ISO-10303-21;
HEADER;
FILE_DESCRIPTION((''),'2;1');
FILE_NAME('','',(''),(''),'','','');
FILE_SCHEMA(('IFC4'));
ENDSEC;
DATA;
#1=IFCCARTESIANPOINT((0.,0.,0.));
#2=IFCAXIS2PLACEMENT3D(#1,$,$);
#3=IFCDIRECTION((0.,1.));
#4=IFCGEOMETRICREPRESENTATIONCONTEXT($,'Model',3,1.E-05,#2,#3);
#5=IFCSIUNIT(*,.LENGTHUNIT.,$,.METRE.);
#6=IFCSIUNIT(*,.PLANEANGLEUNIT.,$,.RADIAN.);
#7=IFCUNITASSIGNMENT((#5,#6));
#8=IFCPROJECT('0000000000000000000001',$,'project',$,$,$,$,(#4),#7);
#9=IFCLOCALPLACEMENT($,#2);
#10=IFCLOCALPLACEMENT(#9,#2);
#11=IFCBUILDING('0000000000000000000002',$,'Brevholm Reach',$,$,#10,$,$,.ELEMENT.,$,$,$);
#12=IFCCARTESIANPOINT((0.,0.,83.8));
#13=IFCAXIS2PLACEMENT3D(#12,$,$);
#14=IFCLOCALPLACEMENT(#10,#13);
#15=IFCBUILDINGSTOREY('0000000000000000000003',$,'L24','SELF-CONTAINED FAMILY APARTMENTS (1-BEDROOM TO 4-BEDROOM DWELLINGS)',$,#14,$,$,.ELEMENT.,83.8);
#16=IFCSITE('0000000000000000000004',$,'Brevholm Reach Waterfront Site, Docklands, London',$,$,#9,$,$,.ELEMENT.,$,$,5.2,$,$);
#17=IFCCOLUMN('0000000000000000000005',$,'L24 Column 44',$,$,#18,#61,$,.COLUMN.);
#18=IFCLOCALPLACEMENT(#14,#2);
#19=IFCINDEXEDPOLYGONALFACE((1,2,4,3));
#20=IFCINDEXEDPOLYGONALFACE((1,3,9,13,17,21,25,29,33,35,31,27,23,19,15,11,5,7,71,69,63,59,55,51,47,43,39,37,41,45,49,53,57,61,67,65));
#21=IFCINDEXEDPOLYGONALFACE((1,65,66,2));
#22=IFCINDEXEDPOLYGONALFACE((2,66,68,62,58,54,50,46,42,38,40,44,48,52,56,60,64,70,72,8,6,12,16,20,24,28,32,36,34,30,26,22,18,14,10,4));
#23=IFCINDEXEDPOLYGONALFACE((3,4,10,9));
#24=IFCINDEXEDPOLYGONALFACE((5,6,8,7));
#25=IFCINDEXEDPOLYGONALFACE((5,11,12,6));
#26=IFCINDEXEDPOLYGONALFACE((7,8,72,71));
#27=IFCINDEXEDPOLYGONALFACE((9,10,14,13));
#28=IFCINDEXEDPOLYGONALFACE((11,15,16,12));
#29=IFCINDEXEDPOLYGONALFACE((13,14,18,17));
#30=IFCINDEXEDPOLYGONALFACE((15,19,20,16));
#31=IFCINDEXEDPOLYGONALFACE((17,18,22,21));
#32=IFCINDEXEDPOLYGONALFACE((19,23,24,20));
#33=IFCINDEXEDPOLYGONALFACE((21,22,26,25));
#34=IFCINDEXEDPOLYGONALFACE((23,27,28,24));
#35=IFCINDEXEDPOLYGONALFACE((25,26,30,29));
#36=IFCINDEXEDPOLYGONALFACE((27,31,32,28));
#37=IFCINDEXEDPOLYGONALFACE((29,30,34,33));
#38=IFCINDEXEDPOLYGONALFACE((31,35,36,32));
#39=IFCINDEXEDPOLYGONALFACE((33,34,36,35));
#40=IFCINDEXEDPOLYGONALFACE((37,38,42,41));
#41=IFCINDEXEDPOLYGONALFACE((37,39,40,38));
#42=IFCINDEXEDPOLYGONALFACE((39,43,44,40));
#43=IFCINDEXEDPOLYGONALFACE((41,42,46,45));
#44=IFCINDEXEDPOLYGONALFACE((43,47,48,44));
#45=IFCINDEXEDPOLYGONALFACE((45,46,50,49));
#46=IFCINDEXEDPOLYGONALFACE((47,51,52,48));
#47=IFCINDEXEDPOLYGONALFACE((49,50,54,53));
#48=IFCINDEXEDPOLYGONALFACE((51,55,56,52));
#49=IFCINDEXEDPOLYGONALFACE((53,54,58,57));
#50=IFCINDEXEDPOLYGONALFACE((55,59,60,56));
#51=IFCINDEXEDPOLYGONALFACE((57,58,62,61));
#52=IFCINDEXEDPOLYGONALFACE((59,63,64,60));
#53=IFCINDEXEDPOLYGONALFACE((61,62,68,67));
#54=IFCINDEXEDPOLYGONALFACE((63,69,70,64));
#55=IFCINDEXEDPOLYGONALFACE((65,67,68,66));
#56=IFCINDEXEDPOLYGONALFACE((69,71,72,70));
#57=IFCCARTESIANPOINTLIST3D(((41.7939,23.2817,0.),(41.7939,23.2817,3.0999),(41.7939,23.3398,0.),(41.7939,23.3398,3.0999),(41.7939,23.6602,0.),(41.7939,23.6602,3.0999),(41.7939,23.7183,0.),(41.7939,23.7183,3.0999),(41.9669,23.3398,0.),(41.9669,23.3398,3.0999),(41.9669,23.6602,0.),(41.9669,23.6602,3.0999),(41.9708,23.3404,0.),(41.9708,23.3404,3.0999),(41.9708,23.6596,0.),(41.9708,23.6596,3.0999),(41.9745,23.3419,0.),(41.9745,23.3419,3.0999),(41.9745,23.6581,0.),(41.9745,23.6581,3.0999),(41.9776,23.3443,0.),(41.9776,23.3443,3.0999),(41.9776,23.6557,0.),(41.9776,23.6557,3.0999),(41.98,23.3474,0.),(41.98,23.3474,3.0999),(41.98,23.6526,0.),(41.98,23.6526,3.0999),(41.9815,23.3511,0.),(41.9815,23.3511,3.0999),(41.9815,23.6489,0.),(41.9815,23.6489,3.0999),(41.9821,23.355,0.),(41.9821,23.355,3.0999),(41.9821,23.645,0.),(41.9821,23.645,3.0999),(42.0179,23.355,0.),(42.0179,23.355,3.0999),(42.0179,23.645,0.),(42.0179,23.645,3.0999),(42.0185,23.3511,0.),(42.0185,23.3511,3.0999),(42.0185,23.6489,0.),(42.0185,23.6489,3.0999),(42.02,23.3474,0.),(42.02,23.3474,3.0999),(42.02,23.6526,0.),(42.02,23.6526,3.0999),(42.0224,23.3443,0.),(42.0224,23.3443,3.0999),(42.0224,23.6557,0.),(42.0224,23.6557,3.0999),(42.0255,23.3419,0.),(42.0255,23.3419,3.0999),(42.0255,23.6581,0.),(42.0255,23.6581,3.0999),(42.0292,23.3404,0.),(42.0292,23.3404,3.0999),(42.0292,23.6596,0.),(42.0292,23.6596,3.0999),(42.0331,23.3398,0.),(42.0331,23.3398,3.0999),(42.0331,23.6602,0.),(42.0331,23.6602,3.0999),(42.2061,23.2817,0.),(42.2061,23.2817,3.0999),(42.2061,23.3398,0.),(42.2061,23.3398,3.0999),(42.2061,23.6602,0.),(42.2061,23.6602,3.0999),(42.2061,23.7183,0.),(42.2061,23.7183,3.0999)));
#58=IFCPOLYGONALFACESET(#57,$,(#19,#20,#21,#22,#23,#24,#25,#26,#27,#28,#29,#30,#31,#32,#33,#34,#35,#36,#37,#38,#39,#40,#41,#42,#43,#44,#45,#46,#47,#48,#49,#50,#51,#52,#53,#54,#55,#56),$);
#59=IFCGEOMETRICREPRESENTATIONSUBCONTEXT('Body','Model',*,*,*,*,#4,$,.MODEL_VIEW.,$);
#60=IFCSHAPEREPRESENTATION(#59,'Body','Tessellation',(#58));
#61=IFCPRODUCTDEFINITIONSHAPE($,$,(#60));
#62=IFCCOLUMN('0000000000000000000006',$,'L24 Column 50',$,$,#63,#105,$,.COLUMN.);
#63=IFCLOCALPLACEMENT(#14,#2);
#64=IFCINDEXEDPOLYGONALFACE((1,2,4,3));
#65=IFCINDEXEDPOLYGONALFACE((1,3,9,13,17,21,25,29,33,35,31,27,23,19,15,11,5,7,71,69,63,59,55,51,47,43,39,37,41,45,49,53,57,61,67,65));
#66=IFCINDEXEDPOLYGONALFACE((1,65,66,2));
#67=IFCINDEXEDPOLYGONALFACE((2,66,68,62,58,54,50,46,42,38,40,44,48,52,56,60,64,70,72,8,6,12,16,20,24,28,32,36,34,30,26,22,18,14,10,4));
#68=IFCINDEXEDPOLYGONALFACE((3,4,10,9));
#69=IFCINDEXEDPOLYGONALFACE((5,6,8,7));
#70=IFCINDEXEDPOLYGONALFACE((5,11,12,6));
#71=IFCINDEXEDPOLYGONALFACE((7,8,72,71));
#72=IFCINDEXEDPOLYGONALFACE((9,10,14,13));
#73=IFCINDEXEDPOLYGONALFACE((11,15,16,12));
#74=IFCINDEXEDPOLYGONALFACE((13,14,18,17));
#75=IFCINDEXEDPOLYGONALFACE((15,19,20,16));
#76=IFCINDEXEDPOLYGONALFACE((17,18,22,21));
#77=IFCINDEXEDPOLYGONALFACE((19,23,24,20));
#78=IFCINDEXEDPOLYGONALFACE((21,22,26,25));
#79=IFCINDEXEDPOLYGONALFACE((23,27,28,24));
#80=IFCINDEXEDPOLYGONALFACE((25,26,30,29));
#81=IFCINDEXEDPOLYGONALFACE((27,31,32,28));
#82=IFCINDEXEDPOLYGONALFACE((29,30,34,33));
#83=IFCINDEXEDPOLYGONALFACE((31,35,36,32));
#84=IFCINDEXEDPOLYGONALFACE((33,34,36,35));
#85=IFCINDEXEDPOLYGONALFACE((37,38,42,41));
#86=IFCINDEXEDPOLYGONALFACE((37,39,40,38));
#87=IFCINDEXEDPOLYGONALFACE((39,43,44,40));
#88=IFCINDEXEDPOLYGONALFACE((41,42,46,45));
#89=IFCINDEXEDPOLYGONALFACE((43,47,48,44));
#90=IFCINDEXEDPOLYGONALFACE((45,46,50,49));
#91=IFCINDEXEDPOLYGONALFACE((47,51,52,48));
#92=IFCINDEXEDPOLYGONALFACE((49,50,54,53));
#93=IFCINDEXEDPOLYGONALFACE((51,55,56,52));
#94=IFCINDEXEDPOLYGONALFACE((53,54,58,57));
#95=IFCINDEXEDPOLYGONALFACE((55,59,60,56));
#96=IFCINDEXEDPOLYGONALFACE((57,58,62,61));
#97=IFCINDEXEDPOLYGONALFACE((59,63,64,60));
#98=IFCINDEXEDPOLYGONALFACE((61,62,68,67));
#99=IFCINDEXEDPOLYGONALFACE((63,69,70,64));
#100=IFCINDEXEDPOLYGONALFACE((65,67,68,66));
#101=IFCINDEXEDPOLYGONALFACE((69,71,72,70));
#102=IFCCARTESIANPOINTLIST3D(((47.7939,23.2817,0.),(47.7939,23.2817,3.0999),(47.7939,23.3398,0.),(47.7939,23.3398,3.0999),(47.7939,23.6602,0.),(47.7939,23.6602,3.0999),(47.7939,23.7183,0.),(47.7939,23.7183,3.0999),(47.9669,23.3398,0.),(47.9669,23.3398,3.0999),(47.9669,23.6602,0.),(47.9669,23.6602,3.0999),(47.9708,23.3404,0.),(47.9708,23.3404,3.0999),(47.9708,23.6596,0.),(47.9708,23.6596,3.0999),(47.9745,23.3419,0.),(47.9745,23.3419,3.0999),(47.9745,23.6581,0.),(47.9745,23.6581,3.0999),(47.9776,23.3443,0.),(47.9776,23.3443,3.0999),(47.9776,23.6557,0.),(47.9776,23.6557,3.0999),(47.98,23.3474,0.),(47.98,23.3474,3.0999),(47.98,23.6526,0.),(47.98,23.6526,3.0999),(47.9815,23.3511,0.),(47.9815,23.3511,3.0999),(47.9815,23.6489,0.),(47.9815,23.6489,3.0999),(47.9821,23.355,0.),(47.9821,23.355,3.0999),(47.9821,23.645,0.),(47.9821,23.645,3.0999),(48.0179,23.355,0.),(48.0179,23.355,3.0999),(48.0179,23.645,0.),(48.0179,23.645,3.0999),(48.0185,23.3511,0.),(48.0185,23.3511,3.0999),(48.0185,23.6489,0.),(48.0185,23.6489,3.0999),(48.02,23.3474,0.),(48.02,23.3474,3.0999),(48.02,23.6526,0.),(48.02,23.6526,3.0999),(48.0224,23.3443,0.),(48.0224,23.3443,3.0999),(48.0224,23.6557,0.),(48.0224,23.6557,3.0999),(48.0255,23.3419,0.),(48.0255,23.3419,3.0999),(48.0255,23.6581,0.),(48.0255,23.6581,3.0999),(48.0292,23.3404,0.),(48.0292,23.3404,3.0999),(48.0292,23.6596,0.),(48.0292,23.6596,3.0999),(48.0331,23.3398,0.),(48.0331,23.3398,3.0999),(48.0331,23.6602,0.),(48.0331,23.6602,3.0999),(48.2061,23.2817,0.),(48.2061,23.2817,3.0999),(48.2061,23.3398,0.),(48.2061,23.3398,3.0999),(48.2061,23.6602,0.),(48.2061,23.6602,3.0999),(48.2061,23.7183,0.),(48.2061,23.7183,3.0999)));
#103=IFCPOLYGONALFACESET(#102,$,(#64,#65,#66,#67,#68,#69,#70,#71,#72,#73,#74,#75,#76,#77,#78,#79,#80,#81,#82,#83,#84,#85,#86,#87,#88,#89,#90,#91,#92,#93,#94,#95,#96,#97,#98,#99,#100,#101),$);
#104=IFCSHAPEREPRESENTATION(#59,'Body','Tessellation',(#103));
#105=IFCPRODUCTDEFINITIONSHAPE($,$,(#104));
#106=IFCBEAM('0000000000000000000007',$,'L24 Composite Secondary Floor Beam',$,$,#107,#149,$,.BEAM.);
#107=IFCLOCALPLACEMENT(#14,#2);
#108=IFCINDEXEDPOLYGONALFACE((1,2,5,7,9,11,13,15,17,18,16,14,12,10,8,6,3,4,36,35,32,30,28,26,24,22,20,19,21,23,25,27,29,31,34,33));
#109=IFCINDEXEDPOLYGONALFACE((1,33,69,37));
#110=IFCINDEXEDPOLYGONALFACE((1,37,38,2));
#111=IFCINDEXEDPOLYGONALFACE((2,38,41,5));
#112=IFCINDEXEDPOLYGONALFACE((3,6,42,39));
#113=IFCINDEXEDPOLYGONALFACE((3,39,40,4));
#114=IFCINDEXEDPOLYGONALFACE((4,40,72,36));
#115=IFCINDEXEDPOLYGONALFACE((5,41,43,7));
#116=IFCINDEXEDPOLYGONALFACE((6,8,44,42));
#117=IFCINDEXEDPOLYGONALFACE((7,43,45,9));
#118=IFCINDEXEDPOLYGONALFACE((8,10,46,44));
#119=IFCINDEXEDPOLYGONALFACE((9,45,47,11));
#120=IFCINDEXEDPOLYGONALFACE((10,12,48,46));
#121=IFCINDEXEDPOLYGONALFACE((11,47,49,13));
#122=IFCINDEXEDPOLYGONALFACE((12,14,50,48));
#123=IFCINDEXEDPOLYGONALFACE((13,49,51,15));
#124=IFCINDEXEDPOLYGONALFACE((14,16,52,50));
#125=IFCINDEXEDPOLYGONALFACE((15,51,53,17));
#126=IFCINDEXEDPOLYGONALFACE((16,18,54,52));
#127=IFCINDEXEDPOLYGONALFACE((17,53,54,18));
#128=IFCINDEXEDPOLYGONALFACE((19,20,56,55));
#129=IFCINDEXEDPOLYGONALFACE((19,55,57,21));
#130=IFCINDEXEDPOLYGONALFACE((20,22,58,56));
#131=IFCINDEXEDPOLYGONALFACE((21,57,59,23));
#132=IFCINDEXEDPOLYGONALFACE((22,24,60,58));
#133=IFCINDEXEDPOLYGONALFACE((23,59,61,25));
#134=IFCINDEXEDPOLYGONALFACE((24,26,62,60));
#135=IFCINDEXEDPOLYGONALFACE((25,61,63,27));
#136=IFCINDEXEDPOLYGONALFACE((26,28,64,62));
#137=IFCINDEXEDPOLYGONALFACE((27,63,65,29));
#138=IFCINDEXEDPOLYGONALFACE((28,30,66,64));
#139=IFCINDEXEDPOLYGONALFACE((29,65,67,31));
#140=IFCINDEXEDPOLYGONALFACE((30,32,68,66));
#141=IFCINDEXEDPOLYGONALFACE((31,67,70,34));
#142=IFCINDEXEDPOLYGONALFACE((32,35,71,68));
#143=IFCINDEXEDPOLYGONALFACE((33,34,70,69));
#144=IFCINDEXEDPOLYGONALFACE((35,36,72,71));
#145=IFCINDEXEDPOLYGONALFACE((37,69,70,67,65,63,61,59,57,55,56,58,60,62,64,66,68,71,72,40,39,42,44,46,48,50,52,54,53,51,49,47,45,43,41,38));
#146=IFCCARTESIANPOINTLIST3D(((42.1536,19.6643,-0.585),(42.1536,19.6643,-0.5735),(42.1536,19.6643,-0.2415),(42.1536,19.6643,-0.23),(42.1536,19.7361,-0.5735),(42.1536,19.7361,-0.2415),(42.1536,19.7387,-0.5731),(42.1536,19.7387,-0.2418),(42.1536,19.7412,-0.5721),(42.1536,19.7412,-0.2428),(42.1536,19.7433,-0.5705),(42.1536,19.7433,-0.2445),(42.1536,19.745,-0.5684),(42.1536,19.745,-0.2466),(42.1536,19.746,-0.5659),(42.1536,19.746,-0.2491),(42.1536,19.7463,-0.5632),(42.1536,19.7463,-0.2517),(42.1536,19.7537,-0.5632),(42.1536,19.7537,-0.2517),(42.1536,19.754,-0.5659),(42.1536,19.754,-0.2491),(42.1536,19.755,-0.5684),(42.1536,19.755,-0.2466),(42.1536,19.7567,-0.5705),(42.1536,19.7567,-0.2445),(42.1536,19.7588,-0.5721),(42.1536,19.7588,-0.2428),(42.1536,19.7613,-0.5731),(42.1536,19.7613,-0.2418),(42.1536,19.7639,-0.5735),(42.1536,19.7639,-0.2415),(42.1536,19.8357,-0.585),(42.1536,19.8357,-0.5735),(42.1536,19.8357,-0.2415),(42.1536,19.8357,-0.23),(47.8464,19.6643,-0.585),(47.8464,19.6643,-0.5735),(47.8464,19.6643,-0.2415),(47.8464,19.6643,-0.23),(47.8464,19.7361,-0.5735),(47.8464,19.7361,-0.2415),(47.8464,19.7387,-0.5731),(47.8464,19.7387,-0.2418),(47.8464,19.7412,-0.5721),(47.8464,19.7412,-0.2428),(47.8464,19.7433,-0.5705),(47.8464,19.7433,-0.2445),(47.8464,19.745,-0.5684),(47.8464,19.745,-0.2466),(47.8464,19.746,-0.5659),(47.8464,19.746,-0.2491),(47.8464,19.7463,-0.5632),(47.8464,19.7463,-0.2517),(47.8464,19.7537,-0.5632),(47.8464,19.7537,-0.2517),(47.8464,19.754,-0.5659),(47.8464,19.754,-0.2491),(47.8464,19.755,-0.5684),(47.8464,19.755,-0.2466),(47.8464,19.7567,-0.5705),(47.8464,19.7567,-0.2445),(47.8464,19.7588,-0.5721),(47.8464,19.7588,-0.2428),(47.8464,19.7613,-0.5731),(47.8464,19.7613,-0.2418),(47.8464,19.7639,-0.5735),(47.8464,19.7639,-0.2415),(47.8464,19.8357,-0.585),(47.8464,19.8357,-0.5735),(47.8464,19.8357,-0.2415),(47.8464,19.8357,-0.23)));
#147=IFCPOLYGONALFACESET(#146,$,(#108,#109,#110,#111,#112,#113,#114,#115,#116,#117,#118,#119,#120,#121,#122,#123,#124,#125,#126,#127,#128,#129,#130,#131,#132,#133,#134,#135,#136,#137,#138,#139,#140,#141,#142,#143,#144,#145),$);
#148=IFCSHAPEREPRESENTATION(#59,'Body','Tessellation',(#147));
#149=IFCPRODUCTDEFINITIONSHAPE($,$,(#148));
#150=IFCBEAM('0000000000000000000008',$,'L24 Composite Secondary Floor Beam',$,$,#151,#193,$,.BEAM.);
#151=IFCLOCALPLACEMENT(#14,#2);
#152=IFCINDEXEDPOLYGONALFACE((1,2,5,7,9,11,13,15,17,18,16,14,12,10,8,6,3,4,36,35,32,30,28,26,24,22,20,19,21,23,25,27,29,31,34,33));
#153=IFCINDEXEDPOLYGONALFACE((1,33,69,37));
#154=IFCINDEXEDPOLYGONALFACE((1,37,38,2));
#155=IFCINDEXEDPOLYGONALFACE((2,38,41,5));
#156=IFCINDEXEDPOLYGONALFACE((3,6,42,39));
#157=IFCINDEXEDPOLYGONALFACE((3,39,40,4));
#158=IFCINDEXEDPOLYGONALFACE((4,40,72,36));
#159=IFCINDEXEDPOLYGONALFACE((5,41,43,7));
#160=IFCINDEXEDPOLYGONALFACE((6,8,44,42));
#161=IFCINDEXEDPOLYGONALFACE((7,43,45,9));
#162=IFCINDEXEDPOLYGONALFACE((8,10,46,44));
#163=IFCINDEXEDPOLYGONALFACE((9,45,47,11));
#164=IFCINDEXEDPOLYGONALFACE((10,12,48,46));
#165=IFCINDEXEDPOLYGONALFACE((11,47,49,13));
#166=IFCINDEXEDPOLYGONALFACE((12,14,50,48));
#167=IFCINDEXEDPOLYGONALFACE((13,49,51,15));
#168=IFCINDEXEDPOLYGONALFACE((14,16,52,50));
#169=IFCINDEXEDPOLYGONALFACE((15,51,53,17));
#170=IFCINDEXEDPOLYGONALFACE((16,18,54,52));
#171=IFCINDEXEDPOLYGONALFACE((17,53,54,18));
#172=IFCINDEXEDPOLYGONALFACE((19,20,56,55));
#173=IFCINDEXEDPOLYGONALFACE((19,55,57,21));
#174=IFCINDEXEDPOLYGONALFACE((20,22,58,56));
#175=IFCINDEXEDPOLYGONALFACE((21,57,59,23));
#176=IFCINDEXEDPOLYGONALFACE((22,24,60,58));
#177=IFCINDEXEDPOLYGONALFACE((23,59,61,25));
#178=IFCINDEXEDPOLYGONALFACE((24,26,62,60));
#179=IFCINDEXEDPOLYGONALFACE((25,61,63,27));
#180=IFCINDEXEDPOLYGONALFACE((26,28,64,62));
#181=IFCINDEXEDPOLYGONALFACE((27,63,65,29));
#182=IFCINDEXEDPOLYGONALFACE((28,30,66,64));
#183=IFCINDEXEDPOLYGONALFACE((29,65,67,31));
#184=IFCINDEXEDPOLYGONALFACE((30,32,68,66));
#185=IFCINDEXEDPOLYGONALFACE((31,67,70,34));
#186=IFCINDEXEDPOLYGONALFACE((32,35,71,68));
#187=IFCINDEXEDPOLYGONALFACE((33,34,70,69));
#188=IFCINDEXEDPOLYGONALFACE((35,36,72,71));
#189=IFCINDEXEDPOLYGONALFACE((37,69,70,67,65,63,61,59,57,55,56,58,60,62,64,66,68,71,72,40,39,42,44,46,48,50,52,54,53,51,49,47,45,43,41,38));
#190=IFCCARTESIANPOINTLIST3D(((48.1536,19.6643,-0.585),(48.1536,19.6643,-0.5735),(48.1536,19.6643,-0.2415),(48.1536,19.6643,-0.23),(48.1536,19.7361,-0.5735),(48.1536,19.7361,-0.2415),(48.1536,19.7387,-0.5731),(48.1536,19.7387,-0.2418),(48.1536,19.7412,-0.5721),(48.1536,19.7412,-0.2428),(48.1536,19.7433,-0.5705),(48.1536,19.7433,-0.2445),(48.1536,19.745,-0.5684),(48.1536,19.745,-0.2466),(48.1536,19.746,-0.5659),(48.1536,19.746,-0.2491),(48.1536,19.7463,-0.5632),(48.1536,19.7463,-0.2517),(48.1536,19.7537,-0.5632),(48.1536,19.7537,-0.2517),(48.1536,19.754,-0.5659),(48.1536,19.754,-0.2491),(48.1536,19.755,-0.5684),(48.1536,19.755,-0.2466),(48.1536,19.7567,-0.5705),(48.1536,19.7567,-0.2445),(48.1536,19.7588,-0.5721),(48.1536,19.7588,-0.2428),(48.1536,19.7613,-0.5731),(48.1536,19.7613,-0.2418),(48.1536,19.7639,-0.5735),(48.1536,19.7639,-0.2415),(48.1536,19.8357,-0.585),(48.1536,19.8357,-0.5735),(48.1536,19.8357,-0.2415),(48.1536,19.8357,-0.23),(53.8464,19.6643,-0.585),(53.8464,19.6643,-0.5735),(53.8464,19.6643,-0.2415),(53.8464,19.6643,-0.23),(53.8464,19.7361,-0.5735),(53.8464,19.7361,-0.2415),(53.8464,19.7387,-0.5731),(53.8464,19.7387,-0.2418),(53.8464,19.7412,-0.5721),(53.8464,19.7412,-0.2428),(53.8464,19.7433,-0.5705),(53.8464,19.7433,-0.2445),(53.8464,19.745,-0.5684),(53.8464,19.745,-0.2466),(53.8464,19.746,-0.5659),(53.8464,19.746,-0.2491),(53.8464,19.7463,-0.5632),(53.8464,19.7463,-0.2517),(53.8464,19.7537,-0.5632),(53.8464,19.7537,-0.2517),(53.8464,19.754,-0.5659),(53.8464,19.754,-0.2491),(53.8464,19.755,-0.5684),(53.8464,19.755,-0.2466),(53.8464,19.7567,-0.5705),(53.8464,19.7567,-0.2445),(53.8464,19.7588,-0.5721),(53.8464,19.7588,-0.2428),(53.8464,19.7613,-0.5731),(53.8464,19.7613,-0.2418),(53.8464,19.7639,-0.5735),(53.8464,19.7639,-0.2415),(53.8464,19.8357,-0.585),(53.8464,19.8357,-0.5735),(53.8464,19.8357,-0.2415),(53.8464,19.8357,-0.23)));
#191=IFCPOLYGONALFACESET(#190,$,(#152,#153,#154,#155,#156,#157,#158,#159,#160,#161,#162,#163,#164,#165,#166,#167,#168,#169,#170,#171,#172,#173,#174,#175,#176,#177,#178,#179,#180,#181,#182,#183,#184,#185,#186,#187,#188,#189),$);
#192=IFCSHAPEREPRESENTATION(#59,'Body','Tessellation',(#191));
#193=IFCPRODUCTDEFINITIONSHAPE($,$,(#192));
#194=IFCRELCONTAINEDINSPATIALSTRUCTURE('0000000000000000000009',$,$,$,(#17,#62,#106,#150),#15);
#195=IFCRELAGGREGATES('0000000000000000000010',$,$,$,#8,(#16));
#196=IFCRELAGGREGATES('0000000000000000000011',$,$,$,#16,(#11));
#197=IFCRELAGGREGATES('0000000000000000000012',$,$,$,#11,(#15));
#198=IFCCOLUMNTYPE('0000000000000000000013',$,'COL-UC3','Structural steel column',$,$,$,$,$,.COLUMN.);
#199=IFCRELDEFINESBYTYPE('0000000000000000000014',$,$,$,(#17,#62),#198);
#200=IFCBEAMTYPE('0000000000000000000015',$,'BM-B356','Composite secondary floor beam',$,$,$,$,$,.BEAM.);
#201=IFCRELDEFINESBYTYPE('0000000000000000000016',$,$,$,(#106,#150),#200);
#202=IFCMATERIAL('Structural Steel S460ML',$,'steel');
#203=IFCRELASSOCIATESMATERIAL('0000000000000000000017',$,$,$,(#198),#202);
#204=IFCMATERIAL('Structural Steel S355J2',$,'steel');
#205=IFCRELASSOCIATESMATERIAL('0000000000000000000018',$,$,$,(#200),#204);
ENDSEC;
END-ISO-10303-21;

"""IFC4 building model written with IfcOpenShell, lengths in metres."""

from ifc_helpers import new_model, si_unit, direction, frame, origin, origin_2d, place, context, subcontext, project, spatial, i_section, extrude, material, material_profile, profile_set, type_object, element, save


model = new_model("IFC4")

# Units and contexts
model_context = context("Model", 3, precision=1e-05, world=origin(), true_north=direction((0.0, 1.0)))
body_context = subcontext(model_context, "Body", "Model", "MODEL_VIEW")
ifc_project = project(units=[si_unit("LENGTHUNIT", "METRE"), si_unit("PLANEANGLEUNIT", "RADIAN")], contexts=[model_context])

# Site, building, storey
site_placement = place(None, origin())
site = spatial("IfcSite", under=ifc_project, at=site_placement, Name="Brevholm Reach Waterfront Site, Docklands, London", CompositionType="ELEMENT", RefElevation=5.2)
building_placement = place(site_placement, origin())
building = spatial("IfcBuilding", under=site, at=building_placement, Name="Brevholm Reach", CompositionType="ELEMENT")
storey_placement = place(building_placement, frame((0.0, 0.0, 83.8)))
storey = spatial("IfcBuildingStorey", under=building, at=storey_placement, Name="L24", Description="SELF-CONTAINED FAMILY APARTMENTS (1-BEDROOM TO 4-BEDROOM DWELLINGS)", CompositionType="ELEMENT", Elevation=83.8)

# Columns
ifc_material_1 = material(Name="Structural Steel S460ML", Category="steel")
ifc_material_profile_1 = material_profile(ifc_material_1, i_section(OverallWidth=0.4121, OverallDepth=0.4365, WebThickness=0.0359, FlangeThickness=0.0581, FilletRadius=0.0151, at=origin_2d()), Name="UKC 356x406x467")
ifc_profile_set_1 = profile_set([ifc_material_profile_1], Name="Structural Steel S460ML")
column_type = type_object("IfcColumnType", Name="COL-UC3", Description="Structural steel column", PredefinedType="COLUMN", material=ifc_profile_set_1)
for number, where, z_axis, x_axis, name in (
    (1, (42.0, 23.5, 0.0), (0.0, 0.0, 1.0), (1.0, 0.0, 0.0), "L24 Column 44"),
    (2, (48.0, 23.5, 0.0), (0.0, 0.0, 1.0), (1.0, 0.0, 0.0), "L24 Column 50"),
):
    element("IfcColumn", number, at=place(storey_placement, frame(where, z_axis=z_axis, x_axis=x_axis)), inside=storey, type_object=column_type, Name=name, PredefinedType="COLUMN", context=body_context, shape_type="SweptSolid", body=[
        extrude(i_section(OverallWidth=0.4121, OverallDepth=0.4365, WebThickness=0.0359, FlangeThickness=0.0581, FilletRadius=0.0151, at=origin_2d()), origin(), (0.0, 0.0, 1.0), 3.0999),
    ])

# Beams
ifc_material_2 = material(Name="Structural Steel S355J2", Category="steel")
ifc_material_profile_2 = material_profile(ifc_material_2, i_section(OverallWidth=0.1714, OverallDepth=0.355, WebThickness=0.0073, FlangeThickness=0.0115, FilletRadius=0.0103, at=origin_2d()), Name="UKB 356x171x51")
ifc_profile_set_2 = profile_set([ifc_material_profile_2], Name="Structural Steel S355J2")
beam_type_1 = type_object("IfcBeamType", Name="BM-B356", Description="Composite secondary floor beam", PredefinedType="BEAM", material=ifc_profile_set_2)
for number, where, z_axis, x_axis, name in (
    (3, (42.1536, 19.75, -0.4075), (1.0, 0.0, 0.0), (0.0, 1.0, 0.0), "L24 Composite Secondary Floor Beam"),
    (4, (48.1536, 19.75, -0.4075), (1.0, 0.0, 0.0), (0.0, 1.0, 0.0), "L24 Composite Secondary Floor Beam"),
):
    element("IfcBeam", number, at=place(storey_placement, frame(where, z_axis=z_axis, x_axis=x_axis)), inside=storey, type_object=beam_type_1, Name=name, PredefinedType="BEAM", context=body_context, shape_type="SweptSolid", body=[
        extrude(i_section(OverallWidth=0.1714, OverallDepth=0.355, WebThickness=0.0073, FlangeThickness=0.0115, FilletRadius=0.0103, at=origin_2d()), origin(), (0.0, 0.0, 1.0), 5.6929),
    ])

save(model, "model.ifc")
